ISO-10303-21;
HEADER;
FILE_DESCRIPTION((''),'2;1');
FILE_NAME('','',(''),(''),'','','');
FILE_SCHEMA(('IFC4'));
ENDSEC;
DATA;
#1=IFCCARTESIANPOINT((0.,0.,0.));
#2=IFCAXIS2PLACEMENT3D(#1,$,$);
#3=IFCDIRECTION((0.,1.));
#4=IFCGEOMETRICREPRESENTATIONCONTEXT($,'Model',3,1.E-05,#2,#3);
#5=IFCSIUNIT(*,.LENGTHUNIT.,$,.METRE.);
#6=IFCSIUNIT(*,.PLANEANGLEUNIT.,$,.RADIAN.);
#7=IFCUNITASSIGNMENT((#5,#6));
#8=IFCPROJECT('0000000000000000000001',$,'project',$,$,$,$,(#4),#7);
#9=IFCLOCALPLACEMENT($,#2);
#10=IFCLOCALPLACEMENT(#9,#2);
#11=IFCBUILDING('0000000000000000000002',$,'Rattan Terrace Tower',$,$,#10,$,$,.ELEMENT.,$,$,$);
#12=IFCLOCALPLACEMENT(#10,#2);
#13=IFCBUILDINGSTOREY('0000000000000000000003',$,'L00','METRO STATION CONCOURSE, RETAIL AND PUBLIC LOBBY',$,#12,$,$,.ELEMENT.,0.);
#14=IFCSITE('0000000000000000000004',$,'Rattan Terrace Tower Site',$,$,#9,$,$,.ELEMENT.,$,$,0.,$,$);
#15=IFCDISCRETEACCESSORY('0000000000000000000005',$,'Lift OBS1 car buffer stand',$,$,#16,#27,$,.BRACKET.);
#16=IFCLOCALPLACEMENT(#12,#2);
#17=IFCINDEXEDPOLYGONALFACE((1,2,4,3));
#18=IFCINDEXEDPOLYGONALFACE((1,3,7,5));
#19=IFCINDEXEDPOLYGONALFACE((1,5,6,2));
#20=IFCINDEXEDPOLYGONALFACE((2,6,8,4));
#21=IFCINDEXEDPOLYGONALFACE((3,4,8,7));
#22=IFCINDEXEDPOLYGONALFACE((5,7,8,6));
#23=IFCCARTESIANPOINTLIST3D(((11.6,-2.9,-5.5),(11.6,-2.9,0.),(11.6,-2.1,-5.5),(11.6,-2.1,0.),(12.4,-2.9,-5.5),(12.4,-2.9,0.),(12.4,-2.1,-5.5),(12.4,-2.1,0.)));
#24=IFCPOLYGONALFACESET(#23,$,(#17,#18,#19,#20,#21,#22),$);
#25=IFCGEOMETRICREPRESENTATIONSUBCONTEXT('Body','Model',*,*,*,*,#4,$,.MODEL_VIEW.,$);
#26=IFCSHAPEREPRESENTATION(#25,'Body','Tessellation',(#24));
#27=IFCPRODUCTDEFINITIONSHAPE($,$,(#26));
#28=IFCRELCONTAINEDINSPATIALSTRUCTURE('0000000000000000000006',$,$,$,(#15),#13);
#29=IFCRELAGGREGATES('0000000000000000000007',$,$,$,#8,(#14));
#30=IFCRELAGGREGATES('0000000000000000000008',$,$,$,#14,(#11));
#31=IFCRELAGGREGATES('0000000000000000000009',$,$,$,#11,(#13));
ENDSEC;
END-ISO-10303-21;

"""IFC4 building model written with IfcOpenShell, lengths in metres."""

from ifc_helpers import new_model, si_unit, direction, frame, origin, origin_2d, place, context, subcontext, project, spatial, rectangle, extrude, element, save


model = new_model("IFC4")

# Units and contexts
model_context = context("Model", 3, precision=1e-05, world=origin(), true_north=direction((0.0, 1.0)))
body_context = subcontext(model_context, "Body", "Model", "MODEL_VIEW")
ifc_project = project(units=[si_unit("LENGTHUNIT", "METRE"), si_unit("PLANEANGLEUNIT", "RADIAN")], contexts=[model_context])

# Site, building, storey
site_placement = place(None, origin())
site = spatial("IfcSite", under=ifc_project, at=site_placement, Name="Rattan Terrace Tower Site", CompositionType="ELEMENT", RefElevation=0.0)
building_placement = place(site_placement, origin())
building = spatial("IfcBuilding", under=site, at=building_placement, Name="Rattan Terrace Tower", CompositionType="ELEMENT")
storey_placement = place(building_placement, origin())
storey = spatial("IfcBuildingStorey", under=building, at=storey_placement, Name="L00", Description="METRO STATION CONCOURSE, RETAIL AND PUBLIC LOBBY", CompositionType="ELEMENT", Elevation=0.0)

# Discrete accessory
discrete_accessory_placement = place(storey_placement, frame((12.0, -2.5, -5.5), z_axis=(0.0, 0.0, 1.0), x_axis=(1.0, 0.0, 0.0)))
element("IfcDiscreteAccessory", 1, at=discrete_accessory_placement, inside=storey, Name="Lift OBS1 car buffer stand", PredefinedType="BRACKET", context=body_context, shape_type="SweptSolid", body=[
    extrude(rectangle(XDim=0.8, YDim=0.8, at=origin_2d()), origin(), (0.0, 0.0, 1.0), 5.5),
])

save(model, "model.ifc")
